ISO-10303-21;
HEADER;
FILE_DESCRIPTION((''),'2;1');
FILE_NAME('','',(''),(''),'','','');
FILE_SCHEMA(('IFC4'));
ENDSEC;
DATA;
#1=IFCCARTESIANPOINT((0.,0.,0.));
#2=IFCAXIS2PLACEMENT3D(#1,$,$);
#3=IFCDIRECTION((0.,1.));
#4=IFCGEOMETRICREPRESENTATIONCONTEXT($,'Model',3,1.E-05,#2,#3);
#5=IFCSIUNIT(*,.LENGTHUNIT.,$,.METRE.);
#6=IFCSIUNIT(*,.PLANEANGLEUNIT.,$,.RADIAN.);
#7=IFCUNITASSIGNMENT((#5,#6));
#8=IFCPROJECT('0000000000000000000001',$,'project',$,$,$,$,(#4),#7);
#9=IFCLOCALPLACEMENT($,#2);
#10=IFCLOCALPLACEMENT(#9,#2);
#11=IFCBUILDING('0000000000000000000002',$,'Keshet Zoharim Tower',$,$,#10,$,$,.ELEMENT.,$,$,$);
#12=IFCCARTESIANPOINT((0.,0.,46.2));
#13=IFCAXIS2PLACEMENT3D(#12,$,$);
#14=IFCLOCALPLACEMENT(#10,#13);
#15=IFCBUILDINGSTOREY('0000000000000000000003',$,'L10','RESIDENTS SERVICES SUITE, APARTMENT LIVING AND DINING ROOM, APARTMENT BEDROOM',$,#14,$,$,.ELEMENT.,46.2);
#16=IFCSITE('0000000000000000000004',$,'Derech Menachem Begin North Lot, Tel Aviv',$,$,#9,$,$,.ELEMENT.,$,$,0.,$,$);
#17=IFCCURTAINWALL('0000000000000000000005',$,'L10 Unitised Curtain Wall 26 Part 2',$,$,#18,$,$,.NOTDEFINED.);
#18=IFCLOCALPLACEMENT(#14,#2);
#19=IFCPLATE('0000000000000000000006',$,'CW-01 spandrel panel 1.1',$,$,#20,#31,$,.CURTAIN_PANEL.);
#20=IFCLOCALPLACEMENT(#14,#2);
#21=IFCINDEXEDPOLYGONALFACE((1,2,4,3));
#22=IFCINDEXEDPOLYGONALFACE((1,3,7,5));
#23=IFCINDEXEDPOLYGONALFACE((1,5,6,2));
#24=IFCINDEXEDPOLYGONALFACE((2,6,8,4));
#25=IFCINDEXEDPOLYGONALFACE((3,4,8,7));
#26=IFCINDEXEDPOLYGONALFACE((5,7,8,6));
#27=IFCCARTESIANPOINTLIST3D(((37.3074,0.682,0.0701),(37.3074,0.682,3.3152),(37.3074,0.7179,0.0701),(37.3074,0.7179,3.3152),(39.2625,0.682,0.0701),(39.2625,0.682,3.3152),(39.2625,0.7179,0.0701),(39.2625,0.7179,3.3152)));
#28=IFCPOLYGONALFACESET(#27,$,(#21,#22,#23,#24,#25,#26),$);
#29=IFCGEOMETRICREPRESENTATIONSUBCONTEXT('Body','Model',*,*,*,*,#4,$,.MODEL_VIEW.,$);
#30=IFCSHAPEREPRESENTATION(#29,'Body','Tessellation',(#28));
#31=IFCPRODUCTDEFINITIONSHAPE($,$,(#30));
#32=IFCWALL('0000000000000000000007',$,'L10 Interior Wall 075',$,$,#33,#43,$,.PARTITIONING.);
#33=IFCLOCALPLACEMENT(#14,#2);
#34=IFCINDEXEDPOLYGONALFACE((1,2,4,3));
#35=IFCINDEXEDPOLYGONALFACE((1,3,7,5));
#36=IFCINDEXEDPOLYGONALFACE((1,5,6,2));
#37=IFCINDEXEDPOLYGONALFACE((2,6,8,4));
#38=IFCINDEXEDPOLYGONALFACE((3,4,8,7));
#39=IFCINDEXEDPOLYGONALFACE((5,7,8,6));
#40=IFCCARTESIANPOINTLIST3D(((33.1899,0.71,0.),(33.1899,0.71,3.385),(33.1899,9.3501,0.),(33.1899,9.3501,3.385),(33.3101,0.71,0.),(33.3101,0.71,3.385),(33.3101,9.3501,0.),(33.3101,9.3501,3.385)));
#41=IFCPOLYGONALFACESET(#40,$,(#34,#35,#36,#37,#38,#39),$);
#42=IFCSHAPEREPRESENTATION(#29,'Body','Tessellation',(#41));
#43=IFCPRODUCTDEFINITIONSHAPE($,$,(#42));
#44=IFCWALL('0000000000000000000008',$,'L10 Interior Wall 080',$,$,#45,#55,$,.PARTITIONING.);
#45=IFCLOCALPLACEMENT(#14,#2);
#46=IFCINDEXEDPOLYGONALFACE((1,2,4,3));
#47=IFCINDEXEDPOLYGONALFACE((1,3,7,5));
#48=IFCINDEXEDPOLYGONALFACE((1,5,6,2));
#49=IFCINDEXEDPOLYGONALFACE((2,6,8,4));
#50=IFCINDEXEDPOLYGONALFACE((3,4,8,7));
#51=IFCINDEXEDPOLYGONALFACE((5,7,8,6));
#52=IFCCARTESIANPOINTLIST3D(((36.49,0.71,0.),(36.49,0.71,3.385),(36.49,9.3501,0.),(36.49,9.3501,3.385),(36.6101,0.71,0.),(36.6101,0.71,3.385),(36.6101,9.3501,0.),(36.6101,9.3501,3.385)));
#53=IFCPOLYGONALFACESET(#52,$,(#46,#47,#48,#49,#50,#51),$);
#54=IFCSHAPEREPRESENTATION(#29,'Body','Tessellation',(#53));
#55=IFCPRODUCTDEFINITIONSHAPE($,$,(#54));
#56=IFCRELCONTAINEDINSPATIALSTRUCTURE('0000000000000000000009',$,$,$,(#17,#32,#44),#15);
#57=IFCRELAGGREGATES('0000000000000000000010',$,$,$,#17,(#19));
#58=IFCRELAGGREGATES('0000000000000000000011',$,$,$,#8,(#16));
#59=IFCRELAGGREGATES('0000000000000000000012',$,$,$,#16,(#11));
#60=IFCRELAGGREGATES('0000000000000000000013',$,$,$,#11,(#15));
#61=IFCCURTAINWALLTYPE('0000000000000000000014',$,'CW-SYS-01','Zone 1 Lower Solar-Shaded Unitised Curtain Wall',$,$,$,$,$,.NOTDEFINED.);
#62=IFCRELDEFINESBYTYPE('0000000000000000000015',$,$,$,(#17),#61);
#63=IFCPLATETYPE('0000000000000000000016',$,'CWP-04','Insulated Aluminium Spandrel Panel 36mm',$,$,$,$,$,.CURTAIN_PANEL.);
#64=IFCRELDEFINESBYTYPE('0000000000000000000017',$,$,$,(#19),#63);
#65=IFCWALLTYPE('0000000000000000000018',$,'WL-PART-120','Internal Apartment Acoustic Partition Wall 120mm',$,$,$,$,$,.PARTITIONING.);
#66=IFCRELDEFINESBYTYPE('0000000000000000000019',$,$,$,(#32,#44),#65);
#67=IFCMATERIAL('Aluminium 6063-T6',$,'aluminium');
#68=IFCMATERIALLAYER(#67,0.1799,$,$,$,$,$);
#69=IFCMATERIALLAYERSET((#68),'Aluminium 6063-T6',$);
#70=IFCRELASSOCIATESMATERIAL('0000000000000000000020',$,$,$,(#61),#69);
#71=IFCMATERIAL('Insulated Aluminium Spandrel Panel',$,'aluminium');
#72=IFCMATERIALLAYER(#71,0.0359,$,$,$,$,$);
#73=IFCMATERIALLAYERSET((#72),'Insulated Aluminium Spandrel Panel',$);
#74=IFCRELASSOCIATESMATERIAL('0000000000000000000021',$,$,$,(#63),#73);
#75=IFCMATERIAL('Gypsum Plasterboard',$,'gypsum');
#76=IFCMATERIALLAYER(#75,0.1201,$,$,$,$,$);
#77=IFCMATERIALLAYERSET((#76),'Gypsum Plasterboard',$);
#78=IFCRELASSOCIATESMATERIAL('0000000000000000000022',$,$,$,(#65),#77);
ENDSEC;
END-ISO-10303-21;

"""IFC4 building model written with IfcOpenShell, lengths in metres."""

from ifc_helpers import new_model, si_unit, direction, frame, frame_2d, origin, origin_2d, place, context, subcontext, project, spatial, rectangle, extrude, material, layer, layer_set, type_object, element, aggregate, save


model = new_model("IFC4")

# Units and contexts
model_context = context("Model", 3, precision=1e-05, world=origin(), true_north=direction((0.0, 1.0)))
body_context = subcontext(model_context, "Body", "Model", "MODEL_VIEW")
ifc_project = project(units=[si_unit("LENGTHUNIT", "METRE"), si_unit("PLANEANGLEUNIT", "RADIAN")], contexts=[model_context])

# Site, building, storey
site_placement = place(None, origin())
site = spatial("IfcSite", under=ifc_project, at=site_placement, Name="Derech Menachem Begin North Lot, Tel Aviv", CompositionType="ELEMENT", RefElevation=0.0)
building_placement = place(site_placement, origin())
building = spatial("IfcBuilding", under=site, at=building_placement, Name="Keshet Zoharim Tower", CompositionType="ELEMENT")
storey_placement = place(building_placement, frame((0.0, 0.0, 46.2)))
storey = spatial("IfcBuildingStorey", under=building, at=storey_placement, Name="L10", Description="RESIDENTS SERVICES SUITE, APARTMENT LIVING AND DINING ROOM, APARTMENT BEDROOM", CompositionType="ELEMENT", Elevation=46.2)

# Curtain wall
ifc_material_1 = material(Name="Aluminium 6063-T6", Category="aluminium")
ifc_layer_1 = layer(ifc_material_1, 0.1799)
ifc_layer_set_1 = layer_set([ifc_layer_1], Name="Aluminium 6063-T6")
curtain_wall_type = type_object("IfcCurtainWallType", Name="CW-SYS-01", Description="Zone 1 Lower Solar-Shaded Unitised Curtain Wall", PredefinedType="NOTDEFINED", material=ifc_layer_set_1)
curtain_wall_1_placement = place(storey_placement, origin())
curtain_wall_1 = element("IfcCurtainWall", 1, at=curtain_wall_1_placement, inside=storey, type_object=curtain_wall_type, Name="L10 Unitised Curtain Wall 26 Part 2", PredefinedType="NOTDEFINED")

# Plate
ifc_material_2 = material(Name="Insulated Aluminium Spandrel Panel", Category="aluminium")
ifc_layer_2 = layer(ifc_material_2, 0.0359)
ifc_layer_set_2 = layer_set([ifc_layer_2], Name="Insulated Aluminium Spandrel Panel")
plate_type_1 = type_object("IfcPlateType", Name="CWP-04", Description="Insulated Aluminium Spandrel Panel 36mm", PredefinedType="CURTAIN_PANEL", material=ifc_layer_set_2)
plate_1_placement = place(storey_placement, frame((38.2849, 0.7, 0.0701), z_axis=(0.0, 0.0, 1.0), x_axis=(-1.0, 0.0, 0.0)))
plate_1 = element("IfcPlate", 2, at=plate_1_placement, type_object=plate_type_1, Name="CW-01 spandrel panel 1.1", PredefinedType="CURTAIN_PANEL", context=body_context, shape_type="SweptSolid", body=[
    extrude(rectangle(XDim=1.9551, YDim=0.0359, at=origin_2d()), origin(), (0.0, 0.0, 1.0), 3.2451),
])
aggregate(curtain_wall_1, [plate_1])

# Walls
ifc_material_3 = material(Name="Gypsum Plasterboard", Category="gypsum")
ifc_layer_3 = layer(ifc_material_3, 0.1201)
ifc_layer_set_3 = layer_set([ifc_layer_3], Name="Gypsum Plasterboard")
wall_type = type_object("IfcWallType", Name="WL-PART-120", Description="Internal Apartment Acoustic Partition Wall 120mm", PredefinedType="PARTITIONING", material=ifc_layer_set_3)
for number, where, z_axis, x_axis, name in (
    (3, (33.25, 0.71, 0.0), (0.0, 0.0, 1.0), (0.0, 1.0, 0.0), "L10 Interior Wall 075"),
    (4, (36.55, 0.71, 0.0), (0.0, 0.0, 1.0), (0.0, 1.0, 0.0), "L10 Interior Wall 080"),
):
    element("IfcWall", number, at=place(storey_placement, frame(where, z_axis=z_axis, x_axis=x_axis)), inside=storey, type_object=wall_type, Name=name, PredefinedType="PARTITIONING", context=body_context, shape_type="SweptSolid", body=[
        extrude(rectangle(XDim=8.6401, YDim=0.1201, at=frame_2d((4.3201, 0.0))), origin(), (0.0, 0.0, 1.0), 3.385),
    ])

save(model, "model.ifc")
